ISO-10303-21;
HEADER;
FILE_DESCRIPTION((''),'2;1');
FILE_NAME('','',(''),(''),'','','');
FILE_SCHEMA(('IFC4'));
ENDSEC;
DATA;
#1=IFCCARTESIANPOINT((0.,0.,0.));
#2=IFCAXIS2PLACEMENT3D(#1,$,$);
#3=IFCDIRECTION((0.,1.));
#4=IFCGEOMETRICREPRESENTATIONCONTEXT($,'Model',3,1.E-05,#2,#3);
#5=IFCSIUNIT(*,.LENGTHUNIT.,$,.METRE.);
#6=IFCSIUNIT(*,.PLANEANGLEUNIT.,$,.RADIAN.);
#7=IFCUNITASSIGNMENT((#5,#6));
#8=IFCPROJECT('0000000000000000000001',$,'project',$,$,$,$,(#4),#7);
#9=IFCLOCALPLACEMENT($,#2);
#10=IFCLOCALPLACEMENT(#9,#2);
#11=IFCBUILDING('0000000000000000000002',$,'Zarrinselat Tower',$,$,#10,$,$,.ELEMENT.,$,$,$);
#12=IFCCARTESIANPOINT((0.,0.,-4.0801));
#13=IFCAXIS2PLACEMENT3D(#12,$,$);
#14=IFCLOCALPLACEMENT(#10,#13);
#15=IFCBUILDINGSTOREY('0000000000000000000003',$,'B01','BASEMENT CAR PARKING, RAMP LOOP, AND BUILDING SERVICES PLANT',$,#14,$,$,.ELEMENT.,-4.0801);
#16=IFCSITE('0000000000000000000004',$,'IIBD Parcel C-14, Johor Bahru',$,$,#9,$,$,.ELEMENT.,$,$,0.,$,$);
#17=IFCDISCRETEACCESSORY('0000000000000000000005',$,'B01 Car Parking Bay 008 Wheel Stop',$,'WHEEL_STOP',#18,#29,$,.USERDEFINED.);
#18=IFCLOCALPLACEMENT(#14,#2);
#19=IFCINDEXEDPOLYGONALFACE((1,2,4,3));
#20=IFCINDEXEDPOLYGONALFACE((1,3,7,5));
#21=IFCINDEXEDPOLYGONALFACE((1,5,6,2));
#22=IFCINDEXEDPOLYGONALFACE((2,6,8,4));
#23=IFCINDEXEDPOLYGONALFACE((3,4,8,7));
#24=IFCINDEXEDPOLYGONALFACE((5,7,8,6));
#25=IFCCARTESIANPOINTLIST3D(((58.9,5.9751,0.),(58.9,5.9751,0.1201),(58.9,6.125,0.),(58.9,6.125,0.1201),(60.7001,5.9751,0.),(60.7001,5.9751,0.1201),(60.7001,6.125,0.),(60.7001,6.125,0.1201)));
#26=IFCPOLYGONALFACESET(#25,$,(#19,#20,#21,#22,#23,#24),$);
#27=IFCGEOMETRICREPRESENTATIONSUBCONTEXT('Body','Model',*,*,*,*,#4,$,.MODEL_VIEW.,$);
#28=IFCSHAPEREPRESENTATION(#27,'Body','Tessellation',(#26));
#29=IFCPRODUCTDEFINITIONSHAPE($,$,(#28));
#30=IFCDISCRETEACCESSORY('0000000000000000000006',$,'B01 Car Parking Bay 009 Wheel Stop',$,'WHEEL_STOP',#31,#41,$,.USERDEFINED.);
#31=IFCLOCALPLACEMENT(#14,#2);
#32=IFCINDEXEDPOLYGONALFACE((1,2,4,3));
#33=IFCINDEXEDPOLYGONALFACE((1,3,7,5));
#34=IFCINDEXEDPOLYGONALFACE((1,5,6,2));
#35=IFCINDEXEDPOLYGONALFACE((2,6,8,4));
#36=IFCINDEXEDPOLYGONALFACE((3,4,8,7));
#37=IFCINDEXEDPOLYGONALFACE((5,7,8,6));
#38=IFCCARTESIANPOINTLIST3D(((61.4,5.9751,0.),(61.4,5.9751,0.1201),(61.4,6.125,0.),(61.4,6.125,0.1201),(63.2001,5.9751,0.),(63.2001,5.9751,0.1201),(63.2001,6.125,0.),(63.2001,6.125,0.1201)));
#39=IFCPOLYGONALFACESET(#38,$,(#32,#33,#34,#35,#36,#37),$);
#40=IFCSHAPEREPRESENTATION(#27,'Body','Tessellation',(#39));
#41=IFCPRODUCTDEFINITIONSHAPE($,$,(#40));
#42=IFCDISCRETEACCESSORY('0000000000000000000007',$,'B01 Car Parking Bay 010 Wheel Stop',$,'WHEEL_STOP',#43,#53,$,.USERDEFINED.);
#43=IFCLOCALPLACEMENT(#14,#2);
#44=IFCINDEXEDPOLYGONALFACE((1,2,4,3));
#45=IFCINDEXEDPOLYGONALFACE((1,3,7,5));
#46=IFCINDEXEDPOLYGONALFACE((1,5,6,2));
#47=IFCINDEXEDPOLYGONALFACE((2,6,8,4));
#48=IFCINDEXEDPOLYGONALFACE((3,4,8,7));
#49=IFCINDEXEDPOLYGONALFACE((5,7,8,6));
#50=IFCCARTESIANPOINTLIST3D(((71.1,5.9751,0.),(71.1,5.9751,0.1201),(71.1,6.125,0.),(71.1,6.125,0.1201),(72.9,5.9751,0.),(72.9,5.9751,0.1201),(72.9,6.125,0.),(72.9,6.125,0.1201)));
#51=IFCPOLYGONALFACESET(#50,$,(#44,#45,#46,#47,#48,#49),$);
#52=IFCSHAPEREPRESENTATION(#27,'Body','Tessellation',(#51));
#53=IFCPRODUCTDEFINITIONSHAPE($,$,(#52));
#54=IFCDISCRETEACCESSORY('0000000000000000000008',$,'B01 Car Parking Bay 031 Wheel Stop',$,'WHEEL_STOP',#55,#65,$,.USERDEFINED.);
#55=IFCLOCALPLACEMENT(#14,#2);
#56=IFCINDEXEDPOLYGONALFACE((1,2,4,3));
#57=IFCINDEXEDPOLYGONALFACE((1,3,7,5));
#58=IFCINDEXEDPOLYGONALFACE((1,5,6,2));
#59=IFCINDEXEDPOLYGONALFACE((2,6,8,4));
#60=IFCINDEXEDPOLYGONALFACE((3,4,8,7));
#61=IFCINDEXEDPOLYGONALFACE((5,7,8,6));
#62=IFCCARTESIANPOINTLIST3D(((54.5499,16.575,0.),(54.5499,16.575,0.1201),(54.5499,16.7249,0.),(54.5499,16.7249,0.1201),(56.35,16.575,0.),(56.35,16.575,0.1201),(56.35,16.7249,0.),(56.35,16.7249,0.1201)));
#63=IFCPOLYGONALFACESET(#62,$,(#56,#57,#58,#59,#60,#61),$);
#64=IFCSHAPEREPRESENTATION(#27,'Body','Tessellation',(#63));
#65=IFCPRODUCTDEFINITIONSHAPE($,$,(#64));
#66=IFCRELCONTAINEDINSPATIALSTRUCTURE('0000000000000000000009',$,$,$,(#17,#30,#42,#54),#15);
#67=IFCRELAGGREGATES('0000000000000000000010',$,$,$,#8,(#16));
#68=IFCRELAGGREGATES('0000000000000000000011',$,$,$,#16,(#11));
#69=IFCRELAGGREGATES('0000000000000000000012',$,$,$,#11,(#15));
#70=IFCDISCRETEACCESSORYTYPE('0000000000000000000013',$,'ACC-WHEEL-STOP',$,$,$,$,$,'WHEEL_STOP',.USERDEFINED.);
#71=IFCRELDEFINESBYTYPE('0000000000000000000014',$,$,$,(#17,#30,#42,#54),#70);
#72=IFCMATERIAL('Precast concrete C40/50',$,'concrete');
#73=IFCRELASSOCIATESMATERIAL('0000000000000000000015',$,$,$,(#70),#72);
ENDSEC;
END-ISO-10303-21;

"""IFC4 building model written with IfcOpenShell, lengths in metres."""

from ifc_helpers import new_model, si_unit, direction, frame, origin, origin_2d, place, context, subcontext, project, spatial, rectangle, extrude, material, type_object, element, save


model = new_model("IFC4")

# Units and contexts
model_context = context("Model", 3, precision=1e-05, world=origin(), true_north=direction((0.0, 1.0)))
body_context = subcontext(model_context, "Body", "Model", "MODEL_VIEW")
ifc_project = project(units=[si_unit("LENGTHUNIT", "METRE"), si_unit("PLANEANGLEUNIT", "RADIAN")], contexts=[model_context])

# Site, building, storey
site_placement = place(None, origin())
site = spatial("IfcSite", under=ifc_project, at=site_placement, Name="IIBD Parcel C-14, Johor Bahru", CompositionType="ELEMENT", RefElevation=0.0)
building_placement = place(site_placement, origin())
building = spatial("IfcBuilding", under=site, at=building_placement, Name="Zarrinselat Tower", CompositionType="ELEMENT")
storey_placement = place(building_placement, frame((0.0, 0.0, -4.0801)))
storey = spatial("IfcBuildingStorey", under=building, at=storey_placement, Name="B01", Description="BASEMENT CAR PARKING, RAMP LOOP, AND BUILDING SERVICES PLANT", CompositionType="ELEMENT", Elevation=-4.0801)

# Discrete accessories
ifc_material_1 = material(Name="Precast concrete C40/50", Category="concrete")
discrete_accessory_type = type_object("IfcDiscreteAccessoryType", Name="ACC-WHEEL-STOP", ElementType="WHEEL_STOP", PredefinedType="USERDEFINED", material=ifc_material_1)
for number, where, z_axis, x_axis, name in (
    (1, (59.8, 6.05, 0.0), (0.0, 0.0, 1.0), (1.0, 0.0, 0.0), "B01 Car Parking Bay 008 Wheel Stop"),
    (2, (62.3, 6.05, 0.0), (0.0, 0.0, 1.0), (1.0, 0.0, 0.0), "B01 Car Parking Bay 009 Wheel Stop"),
    (3, (72.0, 6.05, 0.0), (0.0, 0.0, 1.0), (1.0, 0.0, 0.0), "B01 Car Parking Bay 010 Wheel Stop"),
    (4, (55.45, 16.6499, 0.0), (0.0, 0.0, 1.0), (1.0, 0.0, 0.0), "B01 Car Parking Bay 031 Wheel Stop"),
):
    element("IfcDiscreteAccessory", number, at=place(storey_placement, frame(where, z_axis=z_axis, x_axis=x_axis)), inside=storey, type_object=discrete_accessory_type, Name=name, ObjectType="WHEEL_STOP", PredefinedType="USERDEFINED", context=body_context, shape_type="SweptSolid", body=[
        extrude(rectangle(XDim=1.8, YDim=0.1499, at=origin_2d()), origin(), (0.0, 0.0, 1.0), 0.1201),
    ])

save(model, "model.ifc")
